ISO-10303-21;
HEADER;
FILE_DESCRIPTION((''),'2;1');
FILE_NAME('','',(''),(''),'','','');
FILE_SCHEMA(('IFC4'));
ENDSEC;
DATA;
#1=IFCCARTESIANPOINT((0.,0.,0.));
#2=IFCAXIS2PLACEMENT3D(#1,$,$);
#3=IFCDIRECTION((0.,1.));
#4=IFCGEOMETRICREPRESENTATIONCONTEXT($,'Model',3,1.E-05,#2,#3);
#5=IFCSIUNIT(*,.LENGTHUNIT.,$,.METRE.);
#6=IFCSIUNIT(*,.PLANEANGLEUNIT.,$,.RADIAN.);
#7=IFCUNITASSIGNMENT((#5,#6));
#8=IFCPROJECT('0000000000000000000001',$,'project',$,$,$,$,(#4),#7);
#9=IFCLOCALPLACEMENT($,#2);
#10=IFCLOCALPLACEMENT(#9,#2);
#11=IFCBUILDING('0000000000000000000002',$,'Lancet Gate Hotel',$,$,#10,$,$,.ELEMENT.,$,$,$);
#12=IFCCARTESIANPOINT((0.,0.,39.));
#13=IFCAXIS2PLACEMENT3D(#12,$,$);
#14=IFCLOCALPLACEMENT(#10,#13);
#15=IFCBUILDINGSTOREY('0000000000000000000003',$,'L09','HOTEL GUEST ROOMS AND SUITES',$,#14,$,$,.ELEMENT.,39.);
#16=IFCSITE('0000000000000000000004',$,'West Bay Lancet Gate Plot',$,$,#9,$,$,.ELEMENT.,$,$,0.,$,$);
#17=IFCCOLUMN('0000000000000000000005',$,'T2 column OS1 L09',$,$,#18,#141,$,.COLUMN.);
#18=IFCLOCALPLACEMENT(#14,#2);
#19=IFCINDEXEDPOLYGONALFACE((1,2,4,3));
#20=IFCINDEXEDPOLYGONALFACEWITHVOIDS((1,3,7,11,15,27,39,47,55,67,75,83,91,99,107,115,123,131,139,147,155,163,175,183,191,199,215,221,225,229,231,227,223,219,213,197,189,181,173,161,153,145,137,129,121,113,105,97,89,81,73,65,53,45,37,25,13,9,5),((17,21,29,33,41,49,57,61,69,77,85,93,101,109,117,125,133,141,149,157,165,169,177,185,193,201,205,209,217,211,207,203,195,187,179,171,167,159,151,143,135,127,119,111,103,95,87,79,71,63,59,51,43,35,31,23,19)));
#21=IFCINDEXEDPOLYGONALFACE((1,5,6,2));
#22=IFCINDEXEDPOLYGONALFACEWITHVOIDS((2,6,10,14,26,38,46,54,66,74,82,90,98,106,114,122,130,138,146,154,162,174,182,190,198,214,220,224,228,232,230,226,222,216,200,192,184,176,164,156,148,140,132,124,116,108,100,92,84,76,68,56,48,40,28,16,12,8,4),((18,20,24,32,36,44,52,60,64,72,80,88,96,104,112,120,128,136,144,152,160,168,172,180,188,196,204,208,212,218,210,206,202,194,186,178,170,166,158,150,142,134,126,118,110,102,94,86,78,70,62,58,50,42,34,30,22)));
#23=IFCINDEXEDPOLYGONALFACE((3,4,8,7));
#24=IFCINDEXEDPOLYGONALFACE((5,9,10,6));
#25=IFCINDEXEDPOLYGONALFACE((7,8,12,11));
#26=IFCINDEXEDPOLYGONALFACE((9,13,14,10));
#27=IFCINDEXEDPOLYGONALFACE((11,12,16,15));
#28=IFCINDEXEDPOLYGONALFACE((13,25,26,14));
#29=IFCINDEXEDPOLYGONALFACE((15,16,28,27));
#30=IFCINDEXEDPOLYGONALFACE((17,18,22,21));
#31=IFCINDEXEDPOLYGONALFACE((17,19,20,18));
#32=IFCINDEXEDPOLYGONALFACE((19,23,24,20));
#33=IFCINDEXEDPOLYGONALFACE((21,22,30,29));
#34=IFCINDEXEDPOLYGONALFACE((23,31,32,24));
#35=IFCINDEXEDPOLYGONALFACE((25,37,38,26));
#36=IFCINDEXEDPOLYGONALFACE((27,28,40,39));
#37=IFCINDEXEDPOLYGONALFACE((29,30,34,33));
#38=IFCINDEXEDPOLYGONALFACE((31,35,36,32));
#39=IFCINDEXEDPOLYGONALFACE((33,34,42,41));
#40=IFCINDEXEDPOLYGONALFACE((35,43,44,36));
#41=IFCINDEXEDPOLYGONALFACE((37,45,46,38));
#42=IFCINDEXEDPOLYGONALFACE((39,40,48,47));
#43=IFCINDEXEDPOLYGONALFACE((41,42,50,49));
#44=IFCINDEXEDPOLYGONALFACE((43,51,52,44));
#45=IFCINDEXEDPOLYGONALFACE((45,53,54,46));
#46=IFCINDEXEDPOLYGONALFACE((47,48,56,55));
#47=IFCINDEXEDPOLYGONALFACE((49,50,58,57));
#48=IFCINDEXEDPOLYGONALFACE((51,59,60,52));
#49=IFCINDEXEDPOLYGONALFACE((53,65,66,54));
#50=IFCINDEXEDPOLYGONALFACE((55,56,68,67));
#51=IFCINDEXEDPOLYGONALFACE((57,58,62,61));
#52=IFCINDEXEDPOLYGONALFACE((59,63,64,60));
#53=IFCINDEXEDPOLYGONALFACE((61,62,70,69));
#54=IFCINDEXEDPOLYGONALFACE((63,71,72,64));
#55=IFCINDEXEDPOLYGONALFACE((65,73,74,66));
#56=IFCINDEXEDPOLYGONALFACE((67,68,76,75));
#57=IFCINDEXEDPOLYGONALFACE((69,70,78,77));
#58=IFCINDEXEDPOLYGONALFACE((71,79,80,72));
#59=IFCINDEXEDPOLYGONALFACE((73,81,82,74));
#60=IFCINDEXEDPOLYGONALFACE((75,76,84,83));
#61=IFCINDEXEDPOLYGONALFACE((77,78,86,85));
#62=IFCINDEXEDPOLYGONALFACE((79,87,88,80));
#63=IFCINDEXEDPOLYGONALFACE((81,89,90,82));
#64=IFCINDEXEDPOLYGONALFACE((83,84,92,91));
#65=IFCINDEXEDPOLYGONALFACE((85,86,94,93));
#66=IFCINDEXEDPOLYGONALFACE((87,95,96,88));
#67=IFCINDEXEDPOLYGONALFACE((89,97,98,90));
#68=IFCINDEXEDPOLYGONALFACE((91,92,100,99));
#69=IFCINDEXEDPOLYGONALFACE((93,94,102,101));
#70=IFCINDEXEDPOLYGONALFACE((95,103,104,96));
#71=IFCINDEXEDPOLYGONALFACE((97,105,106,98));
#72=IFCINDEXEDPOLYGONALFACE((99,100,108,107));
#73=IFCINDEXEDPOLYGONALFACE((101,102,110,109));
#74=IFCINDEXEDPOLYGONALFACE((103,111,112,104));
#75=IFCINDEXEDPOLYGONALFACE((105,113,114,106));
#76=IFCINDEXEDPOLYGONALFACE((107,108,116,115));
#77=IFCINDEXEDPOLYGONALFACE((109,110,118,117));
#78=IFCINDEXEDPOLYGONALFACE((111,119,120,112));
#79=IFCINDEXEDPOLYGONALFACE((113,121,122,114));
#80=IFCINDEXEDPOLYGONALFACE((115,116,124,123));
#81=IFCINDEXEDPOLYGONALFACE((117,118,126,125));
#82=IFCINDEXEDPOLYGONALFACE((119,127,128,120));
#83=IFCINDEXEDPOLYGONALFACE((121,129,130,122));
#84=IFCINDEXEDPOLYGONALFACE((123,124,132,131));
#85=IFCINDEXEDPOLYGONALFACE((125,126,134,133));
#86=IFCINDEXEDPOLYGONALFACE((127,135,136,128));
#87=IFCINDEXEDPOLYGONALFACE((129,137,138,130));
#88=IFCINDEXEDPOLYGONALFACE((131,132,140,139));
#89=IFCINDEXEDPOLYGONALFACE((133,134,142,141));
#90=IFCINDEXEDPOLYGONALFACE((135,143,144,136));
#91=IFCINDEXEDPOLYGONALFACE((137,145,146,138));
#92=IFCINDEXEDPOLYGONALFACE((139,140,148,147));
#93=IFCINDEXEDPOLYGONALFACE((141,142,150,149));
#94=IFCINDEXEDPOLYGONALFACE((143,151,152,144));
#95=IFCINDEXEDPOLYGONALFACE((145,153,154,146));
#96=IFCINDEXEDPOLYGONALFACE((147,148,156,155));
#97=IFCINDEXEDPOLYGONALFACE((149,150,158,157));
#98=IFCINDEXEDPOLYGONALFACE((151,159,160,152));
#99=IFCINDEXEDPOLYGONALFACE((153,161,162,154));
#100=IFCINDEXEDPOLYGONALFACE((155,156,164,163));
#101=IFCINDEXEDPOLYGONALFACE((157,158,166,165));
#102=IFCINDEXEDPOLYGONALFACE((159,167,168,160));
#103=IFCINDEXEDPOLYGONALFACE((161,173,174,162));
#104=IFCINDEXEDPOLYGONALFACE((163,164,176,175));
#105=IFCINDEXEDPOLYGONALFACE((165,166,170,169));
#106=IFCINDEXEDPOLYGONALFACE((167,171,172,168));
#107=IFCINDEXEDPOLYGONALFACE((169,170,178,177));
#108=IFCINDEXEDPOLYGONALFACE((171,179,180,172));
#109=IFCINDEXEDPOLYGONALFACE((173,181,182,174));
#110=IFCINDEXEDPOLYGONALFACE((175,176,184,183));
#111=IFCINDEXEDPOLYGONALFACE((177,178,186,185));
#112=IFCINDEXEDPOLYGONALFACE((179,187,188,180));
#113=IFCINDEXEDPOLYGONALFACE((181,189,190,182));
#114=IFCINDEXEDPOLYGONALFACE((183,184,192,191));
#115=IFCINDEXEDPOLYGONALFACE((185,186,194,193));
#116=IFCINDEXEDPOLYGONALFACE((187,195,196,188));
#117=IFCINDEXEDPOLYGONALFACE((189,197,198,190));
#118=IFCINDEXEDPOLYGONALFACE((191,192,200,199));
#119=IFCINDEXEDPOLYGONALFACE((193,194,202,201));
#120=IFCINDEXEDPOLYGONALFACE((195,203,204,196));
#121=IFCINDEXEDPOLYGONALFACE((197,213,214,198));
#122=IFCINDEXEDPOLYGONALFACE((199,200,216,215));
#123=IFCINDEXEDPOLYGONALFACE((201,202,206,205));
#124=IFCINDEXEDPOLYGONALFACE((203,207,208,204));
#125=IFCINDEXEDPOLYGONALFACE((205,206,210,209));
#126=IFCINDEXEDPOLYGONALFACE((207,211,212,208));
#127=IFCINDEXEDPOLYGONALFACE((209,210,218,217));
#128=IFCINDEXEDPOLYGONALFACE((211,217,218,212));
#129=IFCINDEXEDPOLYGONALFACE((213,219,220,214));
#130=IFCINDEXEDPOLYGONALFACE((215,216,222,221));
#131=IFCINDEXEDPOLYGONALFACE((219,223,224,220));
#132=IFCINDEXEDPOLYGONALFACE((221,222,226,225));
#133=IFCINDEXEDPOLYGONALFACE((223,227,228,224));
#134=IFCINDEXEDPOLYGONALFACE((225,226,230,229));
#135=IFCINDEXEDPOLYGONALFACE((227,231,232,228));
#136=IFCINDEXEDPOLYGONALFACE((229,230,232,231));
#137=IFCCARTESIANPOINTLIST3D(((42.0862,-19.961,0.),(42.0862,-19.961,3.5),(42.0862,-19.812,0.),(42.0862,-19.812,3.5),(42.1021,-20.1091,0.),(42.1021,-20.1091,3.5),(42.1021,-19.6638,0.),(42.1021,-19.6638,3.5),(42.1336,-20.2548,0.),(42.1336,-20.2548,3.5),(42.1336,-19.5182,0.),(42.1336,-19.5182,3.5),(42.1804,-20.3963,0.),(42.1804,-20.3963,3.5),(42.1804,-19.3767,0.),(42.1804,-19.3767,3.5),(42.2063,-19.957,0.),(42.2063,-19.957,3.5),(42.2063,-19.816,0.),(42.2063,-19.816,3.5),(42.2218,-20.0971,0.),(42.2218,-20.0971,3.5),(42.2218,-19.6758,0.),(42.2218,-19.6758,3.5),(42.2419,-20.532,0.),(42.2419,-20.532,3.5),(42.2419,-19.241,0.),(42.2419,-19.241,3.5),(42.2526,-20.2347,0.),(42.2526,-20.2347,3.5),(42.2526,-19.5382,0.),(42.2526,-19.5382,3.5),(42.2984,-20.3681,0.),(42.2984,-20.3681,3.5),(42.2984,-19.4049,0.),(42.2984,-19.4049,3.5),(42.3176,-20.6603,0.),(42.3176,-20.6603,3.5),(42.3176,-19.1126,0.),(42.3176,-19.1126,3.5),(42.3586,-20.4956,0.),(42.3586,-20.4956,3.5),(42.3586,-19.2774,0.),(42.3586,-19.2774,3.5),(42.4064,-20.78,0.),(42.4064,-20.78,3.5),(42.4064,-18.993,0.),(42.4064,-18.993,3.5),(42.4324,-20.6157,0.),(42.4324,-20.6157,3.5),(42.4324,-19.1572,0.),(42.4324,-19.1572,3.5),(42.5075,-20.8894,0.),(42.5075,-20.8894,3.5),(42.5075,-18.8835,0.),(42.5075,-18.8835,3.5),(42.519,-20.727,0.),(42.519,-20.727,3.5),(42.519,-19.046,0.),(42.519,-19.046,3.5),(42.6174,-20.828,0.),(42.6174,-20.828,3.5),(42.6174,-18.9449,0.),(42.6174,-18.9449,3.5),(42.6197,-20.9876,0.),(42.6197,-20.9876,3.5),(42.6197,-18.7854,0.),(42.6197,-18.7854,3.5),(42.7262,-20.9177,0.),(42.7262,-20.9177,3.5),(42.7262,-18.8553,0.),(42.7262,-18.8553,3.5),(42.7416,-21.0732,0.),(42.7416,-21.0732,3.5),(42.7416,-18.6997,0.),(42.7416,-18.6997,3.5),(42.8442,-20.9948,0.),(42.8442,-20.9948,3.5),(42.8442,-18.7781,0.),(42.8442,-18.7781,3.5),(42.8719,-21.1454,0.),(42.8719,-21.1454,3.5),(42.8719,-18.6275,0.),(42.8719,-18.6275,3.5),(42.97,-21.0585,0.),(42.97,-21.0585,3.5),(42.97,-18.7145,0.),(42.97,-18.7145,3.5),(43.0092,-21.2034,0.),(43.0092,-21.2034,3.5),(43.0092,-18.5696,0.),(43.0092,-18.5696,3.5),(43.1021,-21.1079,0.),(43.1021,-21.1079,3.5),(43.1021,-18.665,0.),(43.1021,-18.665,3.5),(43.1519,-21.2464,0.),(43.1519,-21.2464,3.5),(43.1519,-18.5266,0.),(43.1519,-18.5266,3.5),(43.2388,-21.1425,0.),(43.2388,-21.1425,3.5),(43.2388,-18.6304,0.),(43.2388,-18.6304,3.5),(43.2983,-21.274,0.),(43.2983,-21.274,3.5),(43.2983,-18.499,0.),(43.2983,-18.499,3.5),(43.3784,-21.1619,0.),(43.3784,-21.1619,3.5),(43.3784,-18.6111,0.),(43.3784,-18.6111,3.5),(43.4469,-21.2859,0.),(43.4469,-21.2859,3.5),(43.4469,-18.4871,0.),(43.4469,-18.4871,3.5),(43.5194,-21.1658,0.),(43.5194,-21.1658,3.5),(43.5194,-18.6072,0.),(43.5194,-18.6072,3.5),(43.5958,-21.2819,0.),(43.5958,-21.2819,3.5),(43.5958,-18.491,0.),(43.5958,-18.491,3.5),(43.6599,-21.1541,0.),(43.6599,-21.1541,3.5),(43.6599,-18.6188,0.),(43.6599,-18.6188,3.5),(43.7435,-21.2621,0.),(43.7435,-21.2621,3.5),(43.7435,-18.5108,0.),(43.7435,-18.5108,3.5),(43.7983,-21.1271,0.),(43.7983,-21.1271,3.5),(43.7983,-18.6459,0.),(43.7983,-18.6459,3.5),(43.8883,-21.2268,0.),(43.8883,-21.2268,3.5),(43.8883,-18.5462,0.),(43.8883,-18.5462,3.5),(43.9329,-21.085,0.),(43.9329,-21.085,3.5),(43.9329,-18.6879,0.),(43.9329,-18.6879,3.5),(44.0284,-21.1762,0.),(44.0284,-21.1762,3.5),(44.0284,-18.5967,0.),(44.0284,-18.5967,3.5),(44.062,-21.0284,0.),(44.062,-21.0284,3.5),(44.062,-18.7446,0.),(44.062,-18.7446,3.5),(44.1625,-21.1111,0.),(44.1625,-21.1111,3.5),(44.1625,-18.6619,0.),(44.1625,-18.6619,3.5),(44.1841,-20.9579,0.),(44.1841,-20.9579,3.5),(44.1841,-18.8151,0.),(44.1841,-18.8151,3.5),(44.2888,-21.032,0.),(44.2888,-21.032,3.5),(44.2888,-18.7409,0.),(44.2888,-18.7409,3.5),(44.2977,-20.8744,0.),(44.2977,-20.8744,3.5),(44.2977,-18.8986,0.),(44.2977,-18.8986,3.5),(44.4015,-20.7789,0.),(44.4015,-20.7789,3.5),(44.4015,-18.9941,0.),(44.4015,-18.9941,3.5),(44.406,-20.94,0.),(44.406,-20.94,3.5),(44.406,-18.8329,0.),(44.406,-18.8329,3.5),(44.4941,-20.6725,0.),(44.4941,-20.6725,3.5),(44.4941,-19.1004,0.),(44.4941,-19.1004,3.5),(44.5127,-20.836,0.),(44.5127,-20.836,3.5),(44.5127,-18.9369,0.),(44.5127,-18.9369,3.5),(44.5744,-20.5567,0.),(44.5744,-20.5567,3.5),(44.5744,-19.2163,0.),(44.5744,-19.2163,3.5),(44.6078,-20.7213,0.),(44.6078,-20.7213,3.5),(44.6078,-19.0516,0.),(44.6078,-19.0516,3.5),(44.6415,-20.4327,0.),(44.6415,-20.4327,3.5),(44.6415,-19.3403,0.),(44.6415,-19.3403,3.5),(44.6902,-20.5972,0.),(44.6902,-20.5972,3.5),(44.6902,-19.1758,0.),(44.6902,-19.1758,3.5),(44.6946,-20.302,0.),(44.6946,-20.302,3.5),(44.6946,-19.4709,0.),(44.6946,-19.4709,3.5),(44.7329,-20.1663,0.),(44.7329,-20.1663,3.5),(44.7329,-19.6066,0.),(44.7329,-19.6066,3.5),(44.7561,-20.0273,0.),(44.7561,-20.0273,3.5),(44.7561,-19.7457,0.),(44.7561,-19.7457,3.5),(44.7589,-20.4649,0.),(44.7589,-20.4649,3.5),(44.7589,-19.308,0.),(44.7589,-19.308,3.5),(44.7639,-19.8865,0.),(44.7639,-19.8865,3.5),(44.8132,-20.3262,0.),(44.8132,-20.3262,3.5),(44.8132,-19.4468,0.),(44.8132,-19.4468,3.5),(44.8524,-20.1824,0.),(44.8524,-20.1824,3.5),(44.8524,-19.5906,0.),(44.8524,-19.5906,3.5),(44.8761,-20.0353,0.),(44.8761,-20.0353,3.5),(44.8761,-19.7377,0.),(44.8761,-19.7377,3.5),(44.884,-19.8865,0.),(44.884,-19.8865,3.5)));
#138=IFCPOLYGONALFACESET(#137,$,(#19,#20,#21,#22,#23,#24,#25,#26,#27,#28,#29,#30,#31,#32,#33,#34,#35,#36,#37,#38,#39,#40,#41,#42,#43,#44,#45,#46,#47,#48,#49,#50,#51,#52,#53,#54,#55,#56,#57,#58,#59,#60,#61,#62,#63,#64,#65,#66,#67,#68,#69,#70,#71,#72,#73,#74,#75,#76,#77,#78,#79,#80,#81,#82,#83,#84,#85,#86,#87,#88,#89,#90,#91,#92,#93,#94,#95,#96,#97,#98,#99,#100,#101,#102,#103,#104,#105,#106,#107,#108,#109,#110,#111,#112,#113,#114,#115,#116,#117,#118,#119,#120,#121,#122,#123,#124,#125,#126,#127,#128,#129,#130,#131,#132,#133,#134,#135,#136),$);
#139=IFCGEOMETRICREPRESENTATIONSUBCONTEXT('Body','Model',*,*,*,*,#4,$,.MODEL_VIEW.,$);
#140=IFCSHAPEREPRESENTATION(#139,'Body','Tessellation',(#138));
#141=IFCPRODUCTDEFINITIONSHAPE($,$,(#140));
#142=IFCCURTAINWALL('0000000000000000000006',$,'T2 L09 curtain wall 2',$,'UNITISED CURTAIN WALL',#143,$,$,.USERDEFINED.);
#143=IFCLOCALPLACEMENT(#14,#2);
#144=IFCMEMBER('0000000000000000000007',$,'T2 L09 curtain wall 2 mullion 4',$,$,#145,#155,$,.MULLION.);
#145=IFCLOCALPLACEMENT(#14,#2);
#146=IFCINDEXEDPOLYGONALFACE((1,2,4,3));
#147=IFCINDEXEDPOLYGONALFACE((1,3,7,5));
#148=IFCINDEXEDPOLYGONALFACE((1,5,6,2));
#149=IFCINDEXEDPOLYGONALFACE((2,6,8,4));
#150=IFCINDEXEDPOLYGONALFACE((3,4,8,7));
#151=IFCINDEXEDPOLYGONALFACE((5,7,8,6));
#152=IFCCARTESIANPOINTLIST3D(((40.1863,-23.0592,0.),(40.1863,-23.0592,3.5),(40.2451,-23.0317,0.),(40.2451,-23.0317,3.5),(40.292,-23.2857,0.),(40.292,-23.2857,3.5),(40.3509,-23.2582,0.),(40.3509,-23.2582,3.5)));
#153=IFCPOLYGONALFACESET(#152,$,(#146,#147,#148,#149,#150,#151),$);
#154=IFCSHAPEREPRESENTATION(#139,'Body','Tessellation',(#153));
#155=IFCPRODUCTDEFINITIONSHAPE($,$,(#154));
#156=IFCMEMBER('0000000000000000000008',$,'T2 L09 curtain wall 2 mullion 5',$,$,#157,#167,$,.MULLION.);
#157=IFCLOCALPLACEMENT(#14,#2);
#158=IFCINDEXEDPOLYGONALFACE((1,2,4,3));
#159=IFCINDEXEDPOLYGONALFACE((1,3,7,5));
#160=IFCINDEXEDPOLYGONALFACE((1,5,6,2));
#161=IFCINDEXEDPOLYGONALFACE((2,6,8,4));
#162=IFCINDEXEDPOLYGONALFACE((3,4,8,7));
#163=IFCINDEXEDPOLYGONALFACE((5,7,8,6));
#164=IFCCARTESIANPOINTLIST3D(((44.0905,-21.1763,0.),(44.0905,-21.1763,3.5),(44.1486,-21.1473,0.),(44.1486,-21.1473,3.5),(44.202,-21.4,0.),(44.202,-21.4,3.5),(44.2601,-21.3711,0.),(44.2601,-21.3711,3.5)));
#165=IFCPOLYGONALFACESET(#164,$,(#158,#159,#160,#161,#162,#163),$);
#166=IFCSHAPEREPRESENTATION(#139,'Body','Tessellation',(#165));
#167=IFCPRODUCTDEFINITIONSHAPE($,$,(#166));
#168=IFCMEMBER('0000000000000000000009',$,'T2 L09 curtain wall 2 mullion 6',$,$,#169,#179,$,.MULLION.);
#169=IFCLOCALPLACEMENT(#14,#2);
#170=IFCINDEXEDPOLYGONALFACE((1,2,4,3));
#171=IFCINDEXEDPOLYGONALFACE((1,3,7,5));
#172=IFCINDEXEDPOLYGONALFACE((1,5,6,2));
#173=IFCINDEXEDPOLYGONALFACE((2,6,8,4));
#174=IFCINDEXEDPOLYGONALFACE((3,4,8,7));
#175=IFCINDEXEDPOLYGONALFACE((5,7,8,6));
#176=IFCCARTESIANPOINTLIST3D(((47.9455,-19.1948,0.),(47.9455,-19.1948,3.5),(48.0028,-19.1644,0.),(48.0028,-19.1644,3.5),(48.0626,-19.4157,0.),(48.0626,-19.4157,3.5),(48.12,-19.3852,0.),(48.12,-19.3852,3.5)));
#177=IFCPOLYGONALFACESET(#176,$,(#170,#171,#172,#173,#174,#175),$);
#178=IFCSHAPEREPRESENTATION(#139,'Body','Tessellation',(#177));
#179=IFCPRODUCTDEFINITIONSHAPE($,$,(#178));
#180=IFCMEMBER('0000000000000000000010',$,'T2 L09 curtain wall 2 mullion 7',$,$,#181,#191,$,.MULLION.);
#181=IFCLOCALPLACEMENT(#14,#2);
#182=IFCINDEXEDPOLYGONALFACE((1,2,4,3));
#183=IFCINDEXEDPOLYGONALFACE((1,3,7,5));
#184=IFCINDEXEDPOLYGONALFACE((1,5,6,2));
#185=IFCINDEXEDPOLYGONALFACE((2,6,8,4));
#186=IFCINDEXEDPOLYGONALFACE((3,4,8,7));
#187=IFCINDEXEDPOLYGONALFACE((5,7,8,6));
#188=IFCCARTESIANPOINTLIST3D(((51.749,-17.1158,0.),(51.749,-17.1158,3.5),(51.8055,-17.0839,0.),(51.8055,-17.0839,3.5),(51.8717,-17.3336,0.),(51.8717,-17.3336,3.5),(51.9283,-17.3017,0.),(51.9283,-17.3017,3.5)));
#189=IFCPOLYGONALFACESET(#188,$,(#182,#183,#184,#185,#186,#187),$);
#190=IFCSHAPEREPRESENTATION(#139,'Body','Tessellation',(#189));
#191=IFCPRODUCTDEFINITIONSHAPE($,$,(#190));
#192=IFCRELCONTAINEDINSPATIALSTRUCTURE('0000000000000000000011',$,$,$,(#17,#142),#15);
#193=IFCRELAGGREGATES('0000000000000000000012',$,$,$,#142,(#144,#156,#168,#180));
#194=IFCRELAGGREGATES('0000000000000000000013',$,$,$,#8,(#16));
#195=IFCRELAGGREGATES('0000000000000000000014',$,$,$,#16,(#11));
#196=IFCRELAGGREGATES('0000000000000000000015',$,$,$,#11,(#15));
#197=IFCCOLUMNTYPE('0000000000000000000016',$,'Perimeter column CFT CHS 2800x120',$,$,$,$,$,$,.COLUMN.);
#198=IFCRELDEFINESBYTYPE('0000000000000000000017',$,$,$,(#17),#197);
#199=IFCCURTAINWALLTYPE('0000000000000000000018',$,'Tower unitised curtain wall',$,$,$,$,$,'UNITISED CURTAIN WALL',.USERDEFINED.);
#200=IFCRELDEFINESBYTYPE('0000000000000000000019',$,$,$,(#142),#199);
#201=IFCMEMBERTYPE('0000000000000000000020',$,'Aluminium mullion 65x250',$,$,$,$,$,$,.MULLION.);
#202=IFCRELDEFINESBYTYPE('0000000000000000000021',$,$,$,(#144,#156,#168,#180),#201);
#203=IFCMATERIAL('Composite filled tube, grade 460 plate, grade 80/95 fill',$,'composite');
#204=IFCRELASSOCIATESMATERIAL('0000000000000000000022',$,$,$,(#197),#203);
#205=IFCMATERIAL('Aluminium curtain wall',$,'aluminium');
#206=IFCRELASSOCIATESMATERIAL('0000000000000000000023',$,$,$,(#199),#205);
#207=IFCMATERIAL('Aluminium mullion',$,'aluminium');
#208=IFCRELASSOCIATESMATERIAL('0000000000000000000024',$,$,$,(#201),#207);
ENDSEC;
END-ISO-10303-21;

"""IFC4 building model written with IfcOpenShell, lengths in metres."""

from ifc_helpers import new_model, si_unit, direction, frame, origin, origin_2d, place, context, subcontext, project, spatial, rectangle, hollow_circle, extrude, material, material_profile, profile_set, type_object, element, aggregate, save


model = new_model("IFC4")

# Units and contexts
model_context = context("Model", 3, precision=1e-05, world=origin(), true_north=direction((0.0, 1.0)))
body_context = subcontext(model_context, "Body", "Model", "MODEL_VIEW")
ifc_project = project(units=[si_unit("LENGTHUNIT", "METRE"), si_unit("PLANEANGLEUNIT", "RADIAN")], contexts=[model_context])

# Site, building, storey
site_placement = place(None, origin())
site = spatial("IfcSite", under=ifc_project, at=site_placement, Name="West Bay Lancet Gate Plot", CompositionType="ELEMENT", RefElevation=0.0)
building_placement = place(site_placement, origin())
building = spatial("IfcBuilding", under=site, at=building_placement, Name="Lancet Gate Hotel", CompositionType="ELEMENT")
storey_placement = place(building_placement, frame((0.0, 0.0, 39.0)))
storey = spatial("IfcBuildingStorey", under=building, at=storey_placement, Name="L09", Description="HOTEL GUEST ROOMS AND SUITES", CompositionType="ELEMENT", Elevation=39.0)

# Column
ifc_material_1 = material(Name="Composite filled tube, grade 460 plate, grade 80/95 fill", Category="composite")
ifc_material_profile_1 = material_profile(ifc_material_1, hollow_circle(Radius=1.3999, WallThickness=0.1201, at=origin_2d()), Name="CHS 2800x120")
ifc_profile_set_1 = profile_set([ifc_material_profile_1], Name="Composite filled tube, grade 460 plate, grade 80/95 fill")
column_type = type_object("IfcColumnType", Name="Perimeter column CFT CHS 2800x120", PredefinedType="COLUMN", material=ifc_profile_set_1)
column_placement = place(storey_placement, frame((43.4841, -19.8865, 0.0), z_axis=(0.0, 0.0, 1.0), x_axis=(1.0, 0.0, 0.0)))
element("IfcColumn", 1, at=column_placement, inside=storey, type_object=column_type, Name="T2 column OS1 L09", PredefinedType="COLUMN", context=body_context, shape_type="SweptSolid", body=[
    extrude(hollow_circle(Radius=1.3999, WallThickness=0.1201, at=origin_2d()), origin(), (0.0, 0.0, 1.0), 3.5),
])

# Curtain wall, members
ifc_material_2 = material(Name="Aluminium curtain wall", Category="aluminium")
curtain_wall_type = type_object("IfcCurtainWallType", Name="Tower unitised curtain wall", ElementType="UNITISED CURTAIN WALL", PredefinedType="USERDEFINED", material=ifc_material_2)
curtain_wall_placement = place(storey_placement, origin())
curtain_wall = element("IfcCurtainWall", 2, at=curtain_wall_placement, inside=storey, type_object=curtain_wall_type, Name="T2 L09 curtain wall 2", ObjectType="UNITISED CURTAIN WALL", PredefinedType="USERDEFINED")
ifc_material_3 = material(Name="Aluminium mullion", Category="aluminium")
ifc_material_profile_2 = material_profile(ifc_material_3, rectangle(XDim=0.0649, YDim=0.25, at=origin_2d()), Name="MULLION 65x250")
ifc_profile_set_2 = profile_set([ifc_material_profile_2], Name="Aluminium mullion")
member_type_1 = type_object("IfcMemberType", Name="Aluminium mullion 65x250", PredefinedType="MULLION", material=ifc_profile_set_2)
member_1_placement = place(storey_placement, frame((40.2686, -23.1587, 0.0), z_axis=(0.0, 0.0, 1.0), x_axis=(0.906105, 0.423053, 0.0)))
member_1 = element("IfcMember", 3, at=member_1_placement, type_object=member_type_1, Name="T2 L09 curtain wall 2 mullion 4", PredefinedType="MULLION", context=body_context, shape_type="SweptSolid", body=[
    extrude(rectangle(XDim=0.0649, YDim=0.25, at=origin_2d()), origin(), (0.0, 0.0, 1.0), 3.5),
])
member_2_placement = place(storey_placement, frame((44.1753, -21.2737, 0.0), z_axis=(0.0, 0.0, 1.0), x_axis=(0.895044, 0.445978, 0.0)))
member_2 = element("IfcMember", 4, at=member_2_placement, type_object=member_type_1, Name="T2 L09 curtain wall 2 mullion 5", PredefinedType="MULLION", context=body_context, shape_type="SweptSolid", body=[
    extrude(rectangle(XDim=0.0649, YDim=0.25, at=origin_2d()), origin(), (0.0, 0.0, 1.0), 3.5),
])
member_3_placement = place(storey_placement, frame((48.0327, -19.29, 0.0), z_axis=(0.0, 0.0, 1.0), x_axis=(0.883403, 0.468613, 0.0)))
member_3 = element("IfcMember", 5, at=member_3_placement, type_object=member_type_1, Name="T2 L09 curtain wall 2 mullion 6", PredefinedType="MULLION", context=body_context, shape_type="SweptSolid", body=[
    extrude(rectangle(XDim=0.0649, YDim=0.25, at=origin_2d()), origin(), (0.0, 0.0, 1.0), 3.5),
])
member_4_placement = place(storey_placement, frame((51.8386, -17.2087, 0.0), z_axis=(0.0, 0.0, 1.0), x_axis=(0.87119, 0.490945, 0.0)))
member_4 = element("IfcMember", 6, at=member_4_placement, type_object=member_type_1, Name="T2 L09 curtain wall 2 mullion 7", PredefinedType="MULLION", context=body_context, shape_type="SweptSolid", body=[
    extrude(rectangle(XDim=0.0649, YDim=0.25, at=origin_2d()), origin(), (0.0, 0.0, 1.0), 3.5),
])

aggregate(curtain_wall, [member_1, member_2, member_3, member_4])

save(model, "model.ifc")
